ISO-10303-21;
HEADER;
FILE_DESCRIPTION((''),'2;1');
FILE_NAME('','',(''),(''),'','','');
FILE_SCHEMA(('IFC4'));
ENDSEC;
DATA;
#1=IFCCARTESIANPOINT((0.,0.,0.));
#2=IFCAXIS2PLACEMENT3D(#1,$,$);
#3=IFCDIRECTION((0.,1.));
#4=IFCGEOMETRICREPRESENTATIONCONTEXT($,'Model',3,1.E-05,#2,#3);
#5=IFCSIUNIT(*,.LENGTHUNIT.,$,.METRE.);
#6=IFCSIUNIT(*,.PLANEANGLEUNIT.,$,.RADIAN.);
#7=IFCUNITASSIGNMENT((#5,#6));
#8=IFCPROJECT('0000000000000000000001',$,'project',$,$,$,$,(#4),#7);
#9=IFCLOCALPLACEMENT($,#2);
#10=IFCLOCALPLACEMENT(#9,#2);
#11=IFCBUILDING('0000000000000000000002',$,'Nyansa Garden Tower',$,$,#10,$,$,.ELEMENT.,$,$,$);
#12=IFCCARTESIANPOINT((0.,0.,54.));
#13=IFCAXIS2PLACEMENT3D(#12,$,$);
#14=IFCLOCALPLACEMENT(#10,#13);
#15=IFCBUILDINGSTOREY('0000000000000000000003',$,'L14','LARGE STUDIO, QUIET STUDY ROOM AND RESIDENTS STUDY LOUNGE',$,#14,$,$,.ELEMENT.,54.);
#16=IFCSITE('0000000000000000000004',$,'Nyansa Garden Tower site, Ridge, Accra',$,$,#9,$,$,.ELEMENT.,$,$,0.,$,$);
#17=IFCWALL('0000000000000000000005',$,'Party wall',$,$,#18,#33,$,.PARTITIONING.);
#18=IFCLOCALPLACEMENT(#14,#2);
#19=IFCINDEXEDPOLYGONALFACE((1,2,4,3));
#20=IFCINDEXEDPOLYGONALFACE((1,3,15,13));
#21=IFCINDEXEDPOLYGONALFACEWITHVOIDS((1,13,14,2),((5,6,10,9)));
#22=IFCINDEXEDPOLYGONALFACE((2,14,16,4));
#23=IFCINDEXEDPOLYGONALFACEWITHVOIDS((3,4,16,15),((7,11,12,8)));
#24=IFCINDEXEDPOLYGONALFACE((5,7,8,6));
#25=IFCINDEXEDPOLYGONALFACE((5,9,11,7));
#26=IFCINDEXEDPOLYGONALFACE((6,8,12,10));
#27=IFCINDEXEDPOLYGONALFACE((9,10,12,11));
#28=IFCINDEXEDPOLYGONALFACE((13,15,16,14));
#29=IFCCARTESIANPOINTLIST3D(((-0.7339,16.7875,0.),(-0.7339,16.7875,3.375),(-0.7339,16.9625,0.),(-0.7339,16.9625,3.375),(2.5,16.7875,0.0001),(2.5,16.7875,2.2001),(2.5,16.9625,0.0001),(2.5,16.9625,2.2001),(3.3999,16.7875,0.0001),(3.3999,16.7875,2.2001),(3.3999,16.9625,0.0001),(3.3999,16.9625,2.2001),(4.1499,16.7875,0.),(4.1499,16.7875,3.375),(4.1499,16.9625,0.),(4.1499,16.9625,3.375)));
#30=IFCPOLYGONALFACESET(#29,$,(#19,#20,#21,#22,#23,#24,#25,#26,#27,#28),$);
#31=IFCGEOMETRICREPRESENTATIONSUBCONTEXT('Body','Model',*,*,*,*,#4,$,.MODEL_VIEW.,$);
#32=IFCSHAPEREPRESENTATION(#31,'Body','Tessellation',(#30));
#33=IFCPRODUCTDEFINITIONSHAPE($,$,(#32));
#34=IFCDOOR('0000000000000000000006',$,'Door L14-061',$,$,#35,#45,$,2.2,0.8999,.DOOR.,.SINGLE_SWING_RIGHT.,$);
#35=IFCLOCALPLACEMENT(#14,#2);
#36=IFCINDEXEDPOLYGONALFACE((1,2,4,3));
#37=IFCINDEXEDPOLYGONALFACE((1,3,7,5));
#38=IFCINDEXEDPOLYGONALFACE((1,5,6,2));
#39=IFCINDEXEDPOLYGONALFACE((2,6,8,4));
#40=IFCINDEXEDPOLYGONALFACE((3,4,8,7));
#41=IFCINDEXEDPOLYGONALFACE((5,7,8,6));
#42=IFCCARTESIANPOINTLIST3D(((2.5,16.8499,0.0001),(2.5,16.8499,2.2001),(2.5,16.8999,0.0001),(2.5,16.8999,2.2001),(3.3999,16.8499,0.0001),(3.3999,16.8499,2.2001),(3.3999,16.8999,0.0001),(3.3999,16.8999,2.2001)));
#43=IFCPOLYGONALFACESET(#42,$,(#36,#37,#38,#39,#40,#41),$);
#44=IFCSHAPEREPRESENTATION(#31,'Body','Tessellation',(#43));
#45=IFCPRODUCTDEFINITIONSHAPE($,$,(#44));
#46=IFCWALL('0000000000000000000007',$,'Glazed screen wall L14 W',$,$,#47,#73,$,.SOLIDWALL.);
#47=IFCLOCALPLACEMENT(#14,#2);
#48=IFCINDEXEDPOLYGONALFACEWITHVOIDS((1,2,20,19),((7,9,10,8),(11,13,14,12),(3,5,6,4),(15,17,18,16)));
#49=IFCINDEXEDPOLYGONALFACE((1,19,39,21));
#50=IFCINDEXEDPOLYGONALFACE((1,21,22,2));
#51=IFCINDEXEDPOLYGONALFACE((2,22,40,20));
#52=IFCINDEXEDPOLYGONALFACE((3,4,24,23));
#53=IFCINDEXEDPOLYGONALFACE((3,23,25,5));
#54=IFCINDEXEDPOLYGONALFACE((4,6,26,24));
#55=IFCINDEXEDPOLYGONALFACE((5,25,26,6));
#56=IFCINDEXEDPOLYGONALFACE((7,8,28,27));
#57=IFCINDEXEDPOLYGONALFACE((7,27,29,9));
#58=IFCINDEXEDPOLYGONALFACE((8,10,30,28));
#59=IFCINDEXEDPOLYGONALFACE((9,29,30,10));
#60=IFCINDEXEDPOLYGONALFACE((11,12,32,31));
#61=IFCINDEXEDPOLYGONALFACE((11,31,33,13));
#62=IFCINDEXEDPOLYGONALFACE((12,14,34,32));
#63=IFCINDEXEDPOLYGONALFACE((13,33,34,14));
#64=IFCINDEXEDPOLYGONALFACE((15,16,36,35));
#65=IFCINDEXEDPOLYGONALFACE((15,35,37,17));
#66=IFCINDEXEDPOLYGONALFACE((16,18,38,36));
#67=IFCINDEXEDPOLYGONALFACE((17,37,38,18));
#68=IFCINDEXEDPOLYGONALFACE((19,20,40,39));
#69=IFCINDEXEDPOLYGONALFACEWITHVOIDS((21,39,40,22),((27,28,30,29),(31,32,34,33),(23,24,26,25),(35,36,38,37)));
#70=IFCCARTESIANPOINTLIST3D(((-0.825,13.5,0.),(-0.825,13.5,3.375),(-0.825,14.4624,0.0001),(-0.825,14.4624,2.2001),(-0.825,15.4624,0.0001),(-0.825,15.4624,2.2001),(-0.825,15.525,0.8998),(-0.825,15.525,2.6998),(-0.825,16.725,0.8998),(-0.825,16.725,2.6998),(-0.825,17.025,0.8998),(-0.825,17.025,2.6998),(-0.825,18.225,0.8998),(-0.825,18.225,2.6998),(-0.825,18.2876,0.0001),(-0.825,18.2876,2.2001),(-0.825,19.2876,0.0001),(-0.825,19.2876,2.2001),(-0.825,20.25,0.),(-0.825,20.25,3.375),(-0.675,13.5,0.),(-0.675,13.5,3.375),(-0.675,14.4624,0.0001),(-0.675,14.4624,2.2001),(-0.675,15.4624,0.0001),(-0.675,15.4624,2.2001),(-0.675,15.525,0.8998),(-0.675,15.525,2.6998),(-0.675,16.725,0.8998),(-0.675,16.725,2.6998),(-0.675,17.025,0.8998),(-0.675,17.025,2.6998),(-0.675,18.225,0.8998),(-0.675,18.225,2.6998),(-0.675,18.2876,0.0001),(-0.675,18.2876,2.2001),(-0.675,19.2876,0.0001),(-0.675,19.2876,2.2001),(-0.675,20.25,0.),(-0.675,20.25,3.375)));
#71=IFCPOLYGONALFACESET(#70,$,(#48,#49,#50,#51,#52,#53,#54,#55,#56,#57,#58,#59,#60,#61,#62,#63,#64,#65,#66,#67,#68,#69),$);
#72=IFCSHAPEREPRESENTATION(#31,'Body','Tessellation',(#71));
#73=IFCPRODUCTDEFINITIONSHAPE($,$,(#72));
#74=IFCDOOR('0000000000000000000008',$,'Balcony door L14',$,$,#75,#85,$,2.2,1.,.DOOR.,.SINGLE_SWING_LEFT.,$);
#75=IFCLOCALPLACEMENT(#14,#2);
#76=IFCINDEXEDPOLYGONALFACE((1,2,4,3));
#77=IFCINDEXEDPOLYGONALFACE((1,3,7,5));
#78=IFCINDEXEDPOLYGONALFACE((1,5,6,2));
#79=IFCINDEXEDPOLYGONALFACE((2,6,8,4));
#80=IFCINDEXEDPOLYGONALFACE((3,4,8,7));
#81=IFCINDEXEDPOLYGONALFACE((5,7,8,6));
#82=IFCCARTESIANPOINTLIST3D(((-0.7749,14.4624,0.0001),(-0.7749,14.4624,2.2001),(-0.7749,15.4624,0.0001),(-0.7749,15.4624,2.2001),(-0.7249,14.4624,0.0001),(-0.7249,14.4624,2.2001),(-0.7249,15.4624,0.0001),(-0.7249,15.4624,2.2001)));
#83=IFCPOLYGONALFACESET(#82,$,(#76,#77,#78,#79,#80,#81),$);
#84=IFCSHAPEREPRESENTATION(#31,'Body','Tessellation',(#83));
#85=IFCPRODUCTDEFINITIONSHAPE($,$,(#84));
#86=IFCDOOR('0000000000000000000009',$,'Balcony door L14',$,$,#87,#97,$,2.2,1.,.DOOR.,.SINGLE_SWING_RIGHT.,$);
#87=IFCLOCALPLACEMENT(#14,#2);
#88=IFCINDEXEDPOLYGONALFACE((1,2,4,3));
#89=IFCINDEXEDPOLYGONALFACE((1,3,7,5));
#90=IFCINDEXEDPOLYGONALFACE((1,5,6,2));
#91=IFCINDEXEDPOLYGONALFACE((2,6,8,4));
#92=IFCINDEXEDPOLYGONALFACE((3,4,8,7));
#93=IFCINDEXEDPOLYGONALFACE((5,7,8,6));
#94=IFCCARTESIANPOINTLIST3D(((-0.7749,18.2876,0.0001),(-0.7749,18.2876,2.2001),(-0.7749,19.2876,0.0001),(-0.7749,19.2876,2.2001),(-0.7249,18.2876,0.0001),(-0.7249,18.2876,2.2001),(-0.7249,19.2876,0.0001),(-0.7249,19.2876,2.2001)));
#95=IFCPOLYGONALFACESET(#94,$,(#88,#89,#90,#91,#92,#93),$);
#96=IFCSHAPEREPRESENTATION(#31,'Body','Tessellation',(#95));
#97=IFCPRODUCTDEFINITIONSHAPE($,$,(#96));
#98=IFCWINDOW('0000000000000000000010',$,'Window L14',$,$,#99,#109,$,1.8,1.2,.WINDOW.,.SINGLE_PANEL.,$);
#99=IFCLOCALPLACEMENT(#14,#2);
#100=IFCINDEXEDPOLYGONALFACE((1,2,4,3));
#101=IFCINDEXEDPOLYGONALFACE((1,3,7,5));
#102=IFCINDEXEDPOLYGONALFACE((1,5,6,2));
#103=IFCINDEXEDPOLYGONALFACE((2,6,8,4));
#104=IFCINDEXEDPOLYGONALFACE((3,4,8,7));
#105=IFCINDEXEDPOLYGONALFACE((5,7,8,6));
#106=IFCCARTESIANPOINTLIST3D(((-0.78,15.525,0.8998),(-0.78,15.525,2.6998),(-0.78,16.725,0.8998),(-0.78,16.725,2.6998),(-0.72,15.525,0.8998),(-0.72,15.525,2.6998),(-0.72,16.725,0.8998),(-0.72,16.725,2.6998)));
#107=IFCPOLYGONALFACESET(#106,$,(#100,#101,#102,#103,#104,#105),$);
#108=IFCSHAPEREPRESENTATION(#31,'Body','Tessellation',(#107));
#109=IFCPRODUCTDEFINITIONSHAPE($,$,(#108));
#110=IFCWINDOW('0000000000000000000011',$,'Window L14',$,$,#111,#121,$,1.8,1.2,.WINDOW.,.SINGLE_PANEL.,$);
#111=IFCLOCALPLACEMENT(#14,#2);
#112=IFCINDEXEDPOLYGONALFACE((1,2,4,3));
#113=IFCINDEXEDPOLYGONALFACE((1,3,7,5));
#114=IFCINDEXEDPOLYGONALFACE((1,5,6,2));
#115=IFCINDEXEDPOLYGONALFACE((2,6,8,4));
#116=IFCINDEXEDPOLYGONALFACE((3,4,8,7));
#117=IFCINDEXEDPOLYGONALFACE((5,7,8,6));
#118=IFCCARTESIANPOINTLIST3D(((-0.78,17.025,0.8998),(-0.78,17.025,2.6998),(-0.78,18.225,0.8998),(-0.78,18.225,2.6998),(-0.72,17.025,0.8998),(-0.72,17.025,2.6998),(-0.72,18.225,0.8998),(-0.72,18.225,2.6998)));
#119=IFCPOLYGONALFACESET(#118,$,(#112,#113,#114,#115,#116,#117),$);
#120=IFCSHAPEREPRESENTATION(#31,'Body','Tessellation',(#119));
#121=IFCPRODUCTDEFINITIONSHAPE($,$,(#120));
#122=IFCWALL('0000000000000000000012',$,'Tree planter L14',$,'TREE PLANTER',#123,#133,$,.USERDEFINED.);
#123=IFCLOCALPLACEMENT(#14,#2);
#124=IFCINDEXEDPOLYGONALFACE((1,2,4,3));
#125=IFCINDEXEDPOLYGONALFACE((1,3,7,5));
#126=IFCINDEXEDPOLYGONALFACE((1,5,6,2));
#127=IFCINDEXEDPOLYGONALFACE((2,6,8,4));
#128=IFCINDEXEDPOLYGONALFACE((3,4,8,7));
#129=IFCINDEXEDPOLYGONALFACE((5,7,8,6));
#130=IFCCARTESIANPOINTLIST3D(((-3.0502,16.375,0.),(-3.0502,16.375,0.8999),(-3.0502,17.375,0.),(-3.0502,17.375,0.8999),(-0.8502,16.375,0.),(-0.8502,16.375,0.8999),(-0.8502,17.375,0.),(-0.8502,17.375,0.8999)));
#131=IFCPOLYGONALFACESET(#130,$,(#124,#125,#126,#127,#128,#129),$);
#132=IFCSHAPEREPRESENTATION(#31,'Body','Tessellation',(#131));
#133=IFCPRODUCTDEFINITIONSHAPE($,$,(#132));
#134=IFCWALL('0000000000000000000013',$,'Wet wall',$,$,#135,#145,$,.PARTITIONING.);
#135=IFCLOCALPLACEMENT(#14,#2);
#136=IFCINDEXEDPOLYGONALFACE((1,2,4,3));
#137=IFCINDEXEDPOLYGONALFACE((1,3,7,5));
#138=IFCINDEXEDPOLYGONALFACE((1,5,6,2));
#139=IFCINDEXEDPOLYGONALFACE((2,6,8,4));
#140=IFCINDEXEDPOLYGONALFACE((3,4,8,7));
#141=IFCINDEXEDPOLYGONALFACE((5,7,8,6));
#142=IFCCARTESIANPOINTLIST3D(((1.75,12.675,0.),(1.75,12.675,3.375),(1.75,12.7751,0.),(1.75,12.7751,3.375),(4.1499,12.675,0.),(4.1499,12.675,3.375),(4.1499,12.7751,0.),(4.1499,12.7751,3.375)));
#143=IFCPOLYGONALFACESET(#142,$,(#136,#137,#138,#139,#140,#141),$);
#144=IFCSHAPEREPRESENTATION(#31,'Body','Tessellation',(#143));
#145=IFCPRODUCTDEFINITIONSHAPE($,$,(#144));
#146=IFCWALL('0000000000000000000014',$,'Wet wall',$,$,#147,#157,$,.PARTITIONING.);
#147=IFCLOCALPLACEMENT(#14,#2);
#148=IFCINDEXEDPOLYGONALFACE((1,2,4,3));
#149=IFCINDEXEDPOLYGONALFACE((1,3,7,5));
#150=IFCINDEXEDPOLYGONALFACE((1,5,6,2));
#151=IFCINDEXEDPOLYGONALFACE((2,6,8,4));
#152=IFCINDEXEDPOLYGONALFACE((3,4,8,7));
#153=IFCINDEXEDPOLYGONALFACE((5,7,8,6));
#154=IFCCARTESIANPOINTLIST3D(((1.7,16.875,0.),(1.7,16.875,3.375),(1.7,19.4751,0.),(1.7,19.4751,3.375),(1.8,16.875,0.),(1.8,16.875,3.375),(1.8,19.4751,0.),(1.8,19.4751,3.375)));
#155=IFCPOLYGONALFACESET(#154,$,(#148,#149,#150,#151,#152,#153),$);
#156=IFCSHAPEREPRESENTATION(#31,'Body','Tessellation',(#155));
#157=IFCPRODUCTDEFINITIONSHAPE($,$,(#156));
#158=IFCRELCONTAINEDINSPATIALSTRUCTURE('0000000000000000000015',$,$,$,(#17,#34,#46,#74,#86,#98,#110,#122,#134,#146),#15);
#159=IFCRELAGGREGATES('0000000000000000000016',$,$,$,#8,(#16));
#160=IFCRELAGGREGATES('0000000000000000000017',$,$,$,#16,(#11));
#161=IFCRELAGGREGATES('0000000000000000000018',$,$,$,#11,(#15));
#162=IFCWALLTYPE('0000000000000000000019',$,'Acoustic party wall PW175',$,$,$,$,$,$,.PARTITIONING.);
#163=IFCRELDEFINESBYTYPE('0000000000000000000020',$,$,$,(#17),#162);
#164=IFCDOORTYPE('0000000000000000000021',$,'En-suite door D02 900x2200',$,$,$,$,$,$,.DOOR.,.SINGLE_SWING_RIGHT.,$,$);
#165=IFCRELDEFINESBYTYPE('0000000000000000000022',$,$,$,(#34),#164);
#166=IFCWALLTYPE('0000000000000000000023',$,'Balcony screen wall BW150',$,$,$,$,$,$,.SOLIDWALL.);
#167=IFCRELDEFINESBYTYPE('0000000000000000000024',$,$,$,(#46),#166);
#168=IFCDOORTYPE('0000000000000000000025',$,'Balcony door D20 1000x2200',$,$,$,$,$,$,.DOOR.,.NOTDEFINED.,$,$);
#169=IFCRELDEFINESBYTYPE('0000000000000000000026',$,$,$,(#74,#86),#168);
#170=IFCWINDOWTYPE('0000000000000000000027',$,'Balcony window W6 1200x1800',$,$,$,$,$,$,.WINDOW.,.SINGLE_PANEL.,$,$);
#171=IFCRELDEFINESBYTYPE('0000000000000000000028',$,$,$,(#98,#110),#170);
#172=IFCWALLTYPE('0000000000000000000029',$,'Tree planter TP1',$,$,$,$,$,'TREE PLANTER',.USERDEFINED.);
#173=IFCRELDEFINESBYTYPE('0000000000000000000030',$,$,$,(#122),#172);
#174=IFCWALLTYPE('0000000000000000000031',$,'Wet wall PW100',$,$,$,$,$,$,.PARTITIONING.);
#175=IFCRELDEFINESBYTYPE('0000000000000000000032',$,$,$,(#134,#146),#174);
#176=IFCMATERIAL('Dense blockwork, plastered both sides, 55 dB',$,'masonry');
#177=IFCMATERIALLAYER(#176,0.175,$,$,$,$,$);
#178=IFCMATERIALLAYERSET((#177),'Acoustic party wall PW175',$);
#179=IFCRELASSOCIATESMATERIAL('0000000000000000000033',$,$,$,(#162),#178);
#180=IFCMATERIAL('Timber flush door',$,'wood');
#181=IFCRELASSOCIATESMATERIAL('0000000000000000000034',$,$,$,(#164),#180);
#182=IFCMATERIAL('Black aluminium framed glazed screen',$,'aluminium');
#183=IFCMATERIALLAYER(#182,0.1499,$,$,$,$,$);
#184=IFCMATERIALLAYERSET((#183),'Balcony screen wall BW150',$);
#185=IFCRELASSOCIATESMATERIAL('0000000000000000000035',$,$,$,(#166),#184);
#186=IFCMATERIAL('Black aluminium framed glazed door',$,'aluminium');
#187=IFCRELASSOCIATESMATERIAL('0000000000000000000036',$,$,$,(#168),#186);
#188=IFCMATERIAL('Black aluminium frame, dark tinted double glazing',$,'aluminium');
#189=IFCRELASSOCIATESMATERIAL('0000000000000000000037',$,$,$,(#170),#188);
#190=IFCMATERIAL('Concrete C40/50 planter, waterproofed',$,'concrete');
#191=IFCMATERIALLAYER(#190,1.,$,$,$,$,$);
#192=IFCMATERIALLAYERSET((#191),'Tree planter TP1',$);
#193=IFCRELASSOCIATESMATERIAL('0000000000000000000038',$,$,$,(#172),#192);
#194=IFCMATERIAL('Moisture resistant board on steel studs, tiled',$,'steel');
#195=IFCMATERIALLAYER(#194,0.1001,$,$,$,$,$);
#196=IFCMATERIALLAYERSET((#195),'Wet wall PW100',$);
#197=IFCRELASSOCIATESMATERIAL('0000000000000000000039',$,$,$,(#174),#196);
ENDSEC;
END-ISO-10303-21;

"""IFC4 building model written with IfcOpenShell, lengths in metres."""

from ifc_helpers import new_model, si_unit, direction, frame, frame_2d, origin, place, context, subcontext, project, spatial, rectangle, extrude, material, layer, layer_set, type_object, element, fill, save


model = new_model("IFC4")

# Units and contexts
model_context = context("Model", 3, precision=1e-05, world=origin(), true_north=direction((0.0, 1.0)))
body_context = subcontext(model_context, "Body", "Model", "MODEL_VIEW")
ifc_project = project(units=[si_unit("LENGTHUNIT", "METRE"), si_unit("PLANEANGLEUNIT", "RADIAN")], contexts=[model_context])

# Site, building, storey
site_placement = place(None, origin())
site = spatial("IfcSite", under=ifc_project, at=site_placement, Name="Nyansa Garden Tower site, Ridge, Accra", CompositionType="ELEMENT", RefElevation=0.0)
building_placement = place(site_placement, origin())
building = spatial("IfcBuilding", under=site, at=building_placement, Name="Nyansa Garden Tower", CompositionType="ELEMENT")
storey_placement = place(building_placement, frame((0.0, 0.0, 54.0)))
storey = spatial("IfcBuildingStorey", under=building, at=storey_placement, Name="L14", Description="LARGE STUDIO, QUIET STUDY ROOM AND RESIDENTS STUDY LOUNGE", CompositionType="ELEMENT", Elevation=54.0)

# Wall, opening, door
ifc_material_1 = material(Name="Dense blockwork, plastered both sides, 55 dB", Category="masonry")
ifc_layer_1 = layer(ifc_material_1, 0.175)
ifc_layer_set_1 = layer_set([ifc_layer_1], Name="Acoustic party wall PW175")
wall_type_1 = type_object("IfcWallType", Name="Acoustic party wall PW175", PredefinedType="PARTITIONING", material=ifc_layer_set_1)
wall_1_placement = place(storey_placement, frame((-0.7339, 16.875, 0.0), z_axis=(0.0, 0.0, 1.0), x_axis=(1.0, 0.0, 0.0)))
wall_1 = element("IfcWall", 1, at=wall_1_placement, inside=storey, type_object=wall_type_1, Name="Party wall", PredefinedType="PARTITIONING", context=body_context, shape_type="SweptSolid", body=[
    extrude(rectangle(XDim=4.8838, YDim=0.175, at=frame_2d((2.4419, 0.0))), origin(), (0.0, 0.0, 1.0), 3.375),
])
opening_1_placement = place(wall_1_placement, frame((3.2339, 0.0, 0.0)))
opening_1 = element("IfcOpeningElement", 2, at=opening_1_placement, cuts=wall_1, PredefinedType="OPENING", context=body_context, shape_type="SweptSolid", body=[
    extrude(rectangle(XDim=0.8999, YDim=2.2, at=frame_2d((0.45, 1.1001))), frame((0.0, 0.0974, 0.0), z_axis=(0.0, -1.0, 0.0), x_axis=(1.0, 0.0, 0.0)), (0.0, 0.0, 1.0), 0.1951),
])
ifc_material_2 = material(Name="Timber flush door", Category="wood")
door_type_1 = type_object("IfcDoorType", Name="En-suite door D02 900x2200", OperationType="SINGLE_SWING_RIGHT", PredefinedType="DOOR", material=ifc_material_2)
door_1_placement = place(opening_1_placement, origin())
door_1 = element("IfcDoor", 3, at=door_1_placement, inside=storey, type_object=door_type_1, Name="Door L14-061", OperationType="SINGLE_SWING_RIGHT", OverallHeight=2.2, OverallWidth=0.8999, PredefinedType="DOOR", context=body_context, shape_type="SweptSolid", body=[
    extrude(rectangle(XDim=0.8999, YDim=2.2, at=frame_2d((0.45, 1.1001))), frame((0.0, 0.0249, 0.0), z_axis=(0.0, -1.0, 0.0), x_axis=(1.0, 0.0, 0.0)), (0.0, 0.0, 1.0), 0.05),
])
fill(opening_1, door_1)

# Wall, openings, doors, windows
ifc_material_3 = material(Name="Black aluminium framed glazed screen", Category="aluminium")
ifc_layer_2 = layer(ifc_material_3, 0.1499)
ifc_layer_set_2 = layer_set([ifc_layer_2], Name="Balcony screen wall BW150")
wall_type_2 = type_object("IfcWallType", Name="Balcony screen wall BW150", PredefinedType="SOLIDWALL", material=ifc_layer_set_2)
wall_2_placement = place(storey_placement, frame((-0.75, 13.5, 0.0), z_axis=(0.0, 0.0, 1.0), x_axis=(0.0, 1.0, 0.0)))
wall_2 = element("IfcWall", 4, at=wall_2_placement, inside=storey, type_object=wall_type_2, Name="Glazed screen wall L14 W", PredefinedType="SOLIDWALL", context=body_context, shape_type="SweptSolid", body=[
    extrude(rectangle(XDim=6.75, YDim=0.1499, at=frame_2d((3.375, 0.0))), origin(), (0.0, 0.0, 1.0), 3.375),
])
opening_2_placement = place(wall_2_placement, frame((0.9624, 0.0, 0.0)))
opening_2 = element("IfcOpeningElement", 5, at=opening_2_placement, cuts=wall_2, PredefinedType="OPENING", context=body_context, shape_type="SweptSolid", body=[
    extrude(rectangle(XDim=1.0, YDim=2.2, at=frame_2d((0.5, 1.1001))), frame((0.0, 0.085, 0.0), z_axis=(0.0, -1.0, 0.0), x_axis=(1.0, 0.0, 0.0)), (0.0, 0.0, 1.0), 0.1699),
])
opening_3_placement = place(wall_2_placement, frame((2.0249, 0.0, 0.8999)))
opening_3 = element("IfcOpeningElement", 6, at=opening_3_placement, cuts=wall_2, PredefinedType="OPENING", context=body_context, shape_type="SweptSolid", body=[
    extrude(rectangle(XDim=1.2, YDim=1.8, at=frame_2d((0.6001, 0.8999))), frame((0.0, 0.085, 0.0), z_axis=(0.0, -1.0, 0.0), x_axis=(1.0, 0.0, 0.0)), (0.0, 0.0, 1.0), 0.1699),
])
opening_4_placement = place(wall_2_placement, frame((4.7876, 0.0, 0.0)))
opening_4 = element("IfcOpeningElement", 7, at=opening_4_placement, cuts=wall_2, PredefinedType="OPENING", context=body_context, shape_type="SweptSolid", body=[
    extrude(rectangle(XDim=1.0, YDim=2.2, at=frame_2d((0.5, 1.1001))), frame((0.0, 0.085, 0.0), z_axis=(0.0, -1.0, 0.0), x_axis=(1.0, 0.0, 0.0)), (0.0, 0.0, 1.0), 0.1699),
])
opening_5_placement = place(wall_2_placement, frame((3.5249, 0.0, 0.8999)))
opening_5 = element("IfcOpeningElement", 8, at=opening_5_placement, cuts=wall_2, PredefinedType="OPENING", context=body_context, shape_type="SweptSolid", body=[
    extrude(rectangle(XDim=1.2, YDim=1.8, at=frame_2d((0.6001, 0.8999))), frame((0.0, 0.085, 0.0), z_axis=(0.0, -1.0, 0.0), x_axis=(1.0, 0.0, 0.0)), (0.0, 0.0, 1.0), 0.1699),
])
ifc_material_4 = material(Name="Black aluminium framed glazed door", Category="aluminium")
door_type_2 = type_object("IfcDoorType", Name="Balcony door D20 1000x2200", OperationType="NOTDEFINED", PredefinedType="DOOR", material=ifc_material_4)
door_2_placement = place(opening_2_placement, origin())
door_2 = element("IfcDoor", 9, at=door_2_placement, inside=storey, type_object=door_type_2, Name="Balcony door L14", OperationType="SINGLE_SWING_LEFT", OverallHeight=2.2, OverallWidth=1.0, PredefinedType="DOOR", context=body_context, shape_type="SweptSolid", body=[
    extrude(rectangle(XDim=1.0, YDim=2.2, at=frame_2d((0.5, 1.1001))), frame((0.0, 0.0249, 0.0), z_axis=(0.0, -1.0, 0.0), x_axis=(1.0, 0.0, 0.0)), (0.0, 0.0, 1.0), 0.05),
])
fill(opening_2, door_2)
door_3_placement = place(opening_4_placement, origin())
door_3 = element("IfcDoor", 10, at=door_3_placement, inside=storey, type_object=door_type_2, Name="Balcony door L14", OperationType="SINGLE_SWING_RIGHT", OverallHeight=2.2, OverallWidth=1.0, PredefinedType="DOOR", context=body_context, shape_type="SweptSolid", body=[
    extrude(rectangle(XDim=1.0, YDim=2.2, at=frame_2d((0.5, 1.1001))), frame((0.0, 0.0249, 0.0), z_axis=(0.0, -1.0, 0.0), x_axis=(1.0, 0.0, 0.0)), (0.0, 0.0, 1.0), 0.05),
])
fill(opening_4, door_3)
ifc_material_5 = material(Name="Black aluminium frame, dark tinted double glazing", Category="aluminium")
window_type = type_object("IfcWindowType", Name="Balcony window W6 1200x1800", PartitioningType="SINGLE_PANEL", PredefinedType="WINDOW", material=ifc_material_5)
window_1_placement = place(opening_3_placement, origin())
window_1 = element("IfcWindow", 11, at=window_1_placement, inside=storey, type_object=window_type, Name="Window L14", OverallHeight=1.8, OverallWidth=1.2, PartitioningType="SINGLE_PANEL", PredefinedType="WINDOW", context=body_context, shape_type="SweptSolid", body=[
    extrude(rectangle(XDim=1.2, YDim=1.8, at=frame_2d((0.6001, 0.8999))), frame((0.0, 0.03, 0.0), z_axis=(0.0, -1.0, 0.0), x_axis=(1.0, 0.0, 0.0)), (0.0, 0.0, 1.0), 0.0601),
])
fill(opening_3, window_1)
window_2_placement = place(opening_5_placement, origin())
window_2 = element("IfcWindow", 12, at=window_2_placement, inside=storey, type_object=window_type, Name="Window L14", OverallHeight=1.8, OverallWidth=1.2, PartitioningType="SINGLE_PANEL", PredefinedType="WINDOW", context=body_context, shape_type="SweptSolid", body=[
    extrude(rectangle(XDim=1.2, YDim=1.8, at=frame_2d((0.6001, 0.8999))), frame((0.0, 0.03, 0.0), z_axis=(0.0, -1.0, 0.0), x_axis=(1.0, 0.0, 0.0)), (0.0, 0.0, 1.0), 0.0601),
])
fill(opening_5, window_2)

# Walls
ifc_material_6 = material(Name="Concrete C40/50 planter, waterproofed", Category="concrete")
ifc_layer_3 = layer(ifc_material_6, 1.0)
ifc_layer_set_3 = layer_set([ifc_layer_3], Name="Tree planter TP1")
wall_type_3 = type_object("IfcWallType", Name="Tree planter TP1", ElementType="TREE PLANTER", PredefinedType="USERDEFINED", material=ifc_layer_set_3)
wall_3_placement = place(storey_placement, frame((-0.8501, 16.875, 0.0), z_axis=(0.0, 0.0, 1.0), x_axis=(-1.0, 0.0, 0.0)))
element("IfcWall", 13, at=wall_3_placement, inside=storey, type_object=wall_type_3, Name="Tree planter L14", ObjectType="TREE PLANTER", PredefinedType="USERDEFINED", context=body_context, shape_type="SweptSolid", body=[
    extrude(rectangle(XDim=2.2, YDim=1.0, at=frame_2d((1.1001, 0.0))), origin(), (0.0, 0.0, 1.0), 0.8999),
])
ifc_material_7 = material(Name="Moisture resistant board on steel studs, tiled", Category="steel")
ifc_layer_4 = layer(ifc_material_7, 0.1001)
ifc_layer_set_4 = layer_set([ifc_layer_4], Name="Wet wall PW100")
wall_type_4 = type_object("IfcWallType", Name="Wet wall PW100", PredefinedType="PARTITIONING", material=ifc_layer_set_4)
wall_4_placement = place(storey_placement, frame((1.75, 12.7251, 0.0), z_axis=(0.0, 0.0, 1.0), x_axis=(1.0, 0.0, 0.0)))
element("IfcWall", 14, at=wall_4_placement, inside=storey, type_object=wall_type_4, Name="Wet wall", PredefinedType="PARTITIONING", context=body_context, shape_type="SweptSolid", body=[
    extrude(rectangle(XDim=2.3999, YDim=0.1001, at=frame_2d((1.2, 0.0))), origin(), (0.0, 0.0, 1.0), 3.375),
])
wall_5_placement = place(storey_placement, frame((1.75, 16.875, 0.0), z_axis=(0.0, 0.0, 1.0), x_axis=(0.0, 1.0, 0.0)))
element("IfcWall", 15, at=wall_5_placement, inside=storey, type_object=wall_type_4, Name="Wet wall", PredefinedType="PARTITIONING", context=body_context, shape_type="SweptSolid", body=[
    extrude(rectangle(XDim=2.6001, YDim=0.1001, at=frame_2d((1.3, 0.0))), origin(), (0.0, 0.0, 1.0), 3.375),
])

save(model, "model.ifc")
